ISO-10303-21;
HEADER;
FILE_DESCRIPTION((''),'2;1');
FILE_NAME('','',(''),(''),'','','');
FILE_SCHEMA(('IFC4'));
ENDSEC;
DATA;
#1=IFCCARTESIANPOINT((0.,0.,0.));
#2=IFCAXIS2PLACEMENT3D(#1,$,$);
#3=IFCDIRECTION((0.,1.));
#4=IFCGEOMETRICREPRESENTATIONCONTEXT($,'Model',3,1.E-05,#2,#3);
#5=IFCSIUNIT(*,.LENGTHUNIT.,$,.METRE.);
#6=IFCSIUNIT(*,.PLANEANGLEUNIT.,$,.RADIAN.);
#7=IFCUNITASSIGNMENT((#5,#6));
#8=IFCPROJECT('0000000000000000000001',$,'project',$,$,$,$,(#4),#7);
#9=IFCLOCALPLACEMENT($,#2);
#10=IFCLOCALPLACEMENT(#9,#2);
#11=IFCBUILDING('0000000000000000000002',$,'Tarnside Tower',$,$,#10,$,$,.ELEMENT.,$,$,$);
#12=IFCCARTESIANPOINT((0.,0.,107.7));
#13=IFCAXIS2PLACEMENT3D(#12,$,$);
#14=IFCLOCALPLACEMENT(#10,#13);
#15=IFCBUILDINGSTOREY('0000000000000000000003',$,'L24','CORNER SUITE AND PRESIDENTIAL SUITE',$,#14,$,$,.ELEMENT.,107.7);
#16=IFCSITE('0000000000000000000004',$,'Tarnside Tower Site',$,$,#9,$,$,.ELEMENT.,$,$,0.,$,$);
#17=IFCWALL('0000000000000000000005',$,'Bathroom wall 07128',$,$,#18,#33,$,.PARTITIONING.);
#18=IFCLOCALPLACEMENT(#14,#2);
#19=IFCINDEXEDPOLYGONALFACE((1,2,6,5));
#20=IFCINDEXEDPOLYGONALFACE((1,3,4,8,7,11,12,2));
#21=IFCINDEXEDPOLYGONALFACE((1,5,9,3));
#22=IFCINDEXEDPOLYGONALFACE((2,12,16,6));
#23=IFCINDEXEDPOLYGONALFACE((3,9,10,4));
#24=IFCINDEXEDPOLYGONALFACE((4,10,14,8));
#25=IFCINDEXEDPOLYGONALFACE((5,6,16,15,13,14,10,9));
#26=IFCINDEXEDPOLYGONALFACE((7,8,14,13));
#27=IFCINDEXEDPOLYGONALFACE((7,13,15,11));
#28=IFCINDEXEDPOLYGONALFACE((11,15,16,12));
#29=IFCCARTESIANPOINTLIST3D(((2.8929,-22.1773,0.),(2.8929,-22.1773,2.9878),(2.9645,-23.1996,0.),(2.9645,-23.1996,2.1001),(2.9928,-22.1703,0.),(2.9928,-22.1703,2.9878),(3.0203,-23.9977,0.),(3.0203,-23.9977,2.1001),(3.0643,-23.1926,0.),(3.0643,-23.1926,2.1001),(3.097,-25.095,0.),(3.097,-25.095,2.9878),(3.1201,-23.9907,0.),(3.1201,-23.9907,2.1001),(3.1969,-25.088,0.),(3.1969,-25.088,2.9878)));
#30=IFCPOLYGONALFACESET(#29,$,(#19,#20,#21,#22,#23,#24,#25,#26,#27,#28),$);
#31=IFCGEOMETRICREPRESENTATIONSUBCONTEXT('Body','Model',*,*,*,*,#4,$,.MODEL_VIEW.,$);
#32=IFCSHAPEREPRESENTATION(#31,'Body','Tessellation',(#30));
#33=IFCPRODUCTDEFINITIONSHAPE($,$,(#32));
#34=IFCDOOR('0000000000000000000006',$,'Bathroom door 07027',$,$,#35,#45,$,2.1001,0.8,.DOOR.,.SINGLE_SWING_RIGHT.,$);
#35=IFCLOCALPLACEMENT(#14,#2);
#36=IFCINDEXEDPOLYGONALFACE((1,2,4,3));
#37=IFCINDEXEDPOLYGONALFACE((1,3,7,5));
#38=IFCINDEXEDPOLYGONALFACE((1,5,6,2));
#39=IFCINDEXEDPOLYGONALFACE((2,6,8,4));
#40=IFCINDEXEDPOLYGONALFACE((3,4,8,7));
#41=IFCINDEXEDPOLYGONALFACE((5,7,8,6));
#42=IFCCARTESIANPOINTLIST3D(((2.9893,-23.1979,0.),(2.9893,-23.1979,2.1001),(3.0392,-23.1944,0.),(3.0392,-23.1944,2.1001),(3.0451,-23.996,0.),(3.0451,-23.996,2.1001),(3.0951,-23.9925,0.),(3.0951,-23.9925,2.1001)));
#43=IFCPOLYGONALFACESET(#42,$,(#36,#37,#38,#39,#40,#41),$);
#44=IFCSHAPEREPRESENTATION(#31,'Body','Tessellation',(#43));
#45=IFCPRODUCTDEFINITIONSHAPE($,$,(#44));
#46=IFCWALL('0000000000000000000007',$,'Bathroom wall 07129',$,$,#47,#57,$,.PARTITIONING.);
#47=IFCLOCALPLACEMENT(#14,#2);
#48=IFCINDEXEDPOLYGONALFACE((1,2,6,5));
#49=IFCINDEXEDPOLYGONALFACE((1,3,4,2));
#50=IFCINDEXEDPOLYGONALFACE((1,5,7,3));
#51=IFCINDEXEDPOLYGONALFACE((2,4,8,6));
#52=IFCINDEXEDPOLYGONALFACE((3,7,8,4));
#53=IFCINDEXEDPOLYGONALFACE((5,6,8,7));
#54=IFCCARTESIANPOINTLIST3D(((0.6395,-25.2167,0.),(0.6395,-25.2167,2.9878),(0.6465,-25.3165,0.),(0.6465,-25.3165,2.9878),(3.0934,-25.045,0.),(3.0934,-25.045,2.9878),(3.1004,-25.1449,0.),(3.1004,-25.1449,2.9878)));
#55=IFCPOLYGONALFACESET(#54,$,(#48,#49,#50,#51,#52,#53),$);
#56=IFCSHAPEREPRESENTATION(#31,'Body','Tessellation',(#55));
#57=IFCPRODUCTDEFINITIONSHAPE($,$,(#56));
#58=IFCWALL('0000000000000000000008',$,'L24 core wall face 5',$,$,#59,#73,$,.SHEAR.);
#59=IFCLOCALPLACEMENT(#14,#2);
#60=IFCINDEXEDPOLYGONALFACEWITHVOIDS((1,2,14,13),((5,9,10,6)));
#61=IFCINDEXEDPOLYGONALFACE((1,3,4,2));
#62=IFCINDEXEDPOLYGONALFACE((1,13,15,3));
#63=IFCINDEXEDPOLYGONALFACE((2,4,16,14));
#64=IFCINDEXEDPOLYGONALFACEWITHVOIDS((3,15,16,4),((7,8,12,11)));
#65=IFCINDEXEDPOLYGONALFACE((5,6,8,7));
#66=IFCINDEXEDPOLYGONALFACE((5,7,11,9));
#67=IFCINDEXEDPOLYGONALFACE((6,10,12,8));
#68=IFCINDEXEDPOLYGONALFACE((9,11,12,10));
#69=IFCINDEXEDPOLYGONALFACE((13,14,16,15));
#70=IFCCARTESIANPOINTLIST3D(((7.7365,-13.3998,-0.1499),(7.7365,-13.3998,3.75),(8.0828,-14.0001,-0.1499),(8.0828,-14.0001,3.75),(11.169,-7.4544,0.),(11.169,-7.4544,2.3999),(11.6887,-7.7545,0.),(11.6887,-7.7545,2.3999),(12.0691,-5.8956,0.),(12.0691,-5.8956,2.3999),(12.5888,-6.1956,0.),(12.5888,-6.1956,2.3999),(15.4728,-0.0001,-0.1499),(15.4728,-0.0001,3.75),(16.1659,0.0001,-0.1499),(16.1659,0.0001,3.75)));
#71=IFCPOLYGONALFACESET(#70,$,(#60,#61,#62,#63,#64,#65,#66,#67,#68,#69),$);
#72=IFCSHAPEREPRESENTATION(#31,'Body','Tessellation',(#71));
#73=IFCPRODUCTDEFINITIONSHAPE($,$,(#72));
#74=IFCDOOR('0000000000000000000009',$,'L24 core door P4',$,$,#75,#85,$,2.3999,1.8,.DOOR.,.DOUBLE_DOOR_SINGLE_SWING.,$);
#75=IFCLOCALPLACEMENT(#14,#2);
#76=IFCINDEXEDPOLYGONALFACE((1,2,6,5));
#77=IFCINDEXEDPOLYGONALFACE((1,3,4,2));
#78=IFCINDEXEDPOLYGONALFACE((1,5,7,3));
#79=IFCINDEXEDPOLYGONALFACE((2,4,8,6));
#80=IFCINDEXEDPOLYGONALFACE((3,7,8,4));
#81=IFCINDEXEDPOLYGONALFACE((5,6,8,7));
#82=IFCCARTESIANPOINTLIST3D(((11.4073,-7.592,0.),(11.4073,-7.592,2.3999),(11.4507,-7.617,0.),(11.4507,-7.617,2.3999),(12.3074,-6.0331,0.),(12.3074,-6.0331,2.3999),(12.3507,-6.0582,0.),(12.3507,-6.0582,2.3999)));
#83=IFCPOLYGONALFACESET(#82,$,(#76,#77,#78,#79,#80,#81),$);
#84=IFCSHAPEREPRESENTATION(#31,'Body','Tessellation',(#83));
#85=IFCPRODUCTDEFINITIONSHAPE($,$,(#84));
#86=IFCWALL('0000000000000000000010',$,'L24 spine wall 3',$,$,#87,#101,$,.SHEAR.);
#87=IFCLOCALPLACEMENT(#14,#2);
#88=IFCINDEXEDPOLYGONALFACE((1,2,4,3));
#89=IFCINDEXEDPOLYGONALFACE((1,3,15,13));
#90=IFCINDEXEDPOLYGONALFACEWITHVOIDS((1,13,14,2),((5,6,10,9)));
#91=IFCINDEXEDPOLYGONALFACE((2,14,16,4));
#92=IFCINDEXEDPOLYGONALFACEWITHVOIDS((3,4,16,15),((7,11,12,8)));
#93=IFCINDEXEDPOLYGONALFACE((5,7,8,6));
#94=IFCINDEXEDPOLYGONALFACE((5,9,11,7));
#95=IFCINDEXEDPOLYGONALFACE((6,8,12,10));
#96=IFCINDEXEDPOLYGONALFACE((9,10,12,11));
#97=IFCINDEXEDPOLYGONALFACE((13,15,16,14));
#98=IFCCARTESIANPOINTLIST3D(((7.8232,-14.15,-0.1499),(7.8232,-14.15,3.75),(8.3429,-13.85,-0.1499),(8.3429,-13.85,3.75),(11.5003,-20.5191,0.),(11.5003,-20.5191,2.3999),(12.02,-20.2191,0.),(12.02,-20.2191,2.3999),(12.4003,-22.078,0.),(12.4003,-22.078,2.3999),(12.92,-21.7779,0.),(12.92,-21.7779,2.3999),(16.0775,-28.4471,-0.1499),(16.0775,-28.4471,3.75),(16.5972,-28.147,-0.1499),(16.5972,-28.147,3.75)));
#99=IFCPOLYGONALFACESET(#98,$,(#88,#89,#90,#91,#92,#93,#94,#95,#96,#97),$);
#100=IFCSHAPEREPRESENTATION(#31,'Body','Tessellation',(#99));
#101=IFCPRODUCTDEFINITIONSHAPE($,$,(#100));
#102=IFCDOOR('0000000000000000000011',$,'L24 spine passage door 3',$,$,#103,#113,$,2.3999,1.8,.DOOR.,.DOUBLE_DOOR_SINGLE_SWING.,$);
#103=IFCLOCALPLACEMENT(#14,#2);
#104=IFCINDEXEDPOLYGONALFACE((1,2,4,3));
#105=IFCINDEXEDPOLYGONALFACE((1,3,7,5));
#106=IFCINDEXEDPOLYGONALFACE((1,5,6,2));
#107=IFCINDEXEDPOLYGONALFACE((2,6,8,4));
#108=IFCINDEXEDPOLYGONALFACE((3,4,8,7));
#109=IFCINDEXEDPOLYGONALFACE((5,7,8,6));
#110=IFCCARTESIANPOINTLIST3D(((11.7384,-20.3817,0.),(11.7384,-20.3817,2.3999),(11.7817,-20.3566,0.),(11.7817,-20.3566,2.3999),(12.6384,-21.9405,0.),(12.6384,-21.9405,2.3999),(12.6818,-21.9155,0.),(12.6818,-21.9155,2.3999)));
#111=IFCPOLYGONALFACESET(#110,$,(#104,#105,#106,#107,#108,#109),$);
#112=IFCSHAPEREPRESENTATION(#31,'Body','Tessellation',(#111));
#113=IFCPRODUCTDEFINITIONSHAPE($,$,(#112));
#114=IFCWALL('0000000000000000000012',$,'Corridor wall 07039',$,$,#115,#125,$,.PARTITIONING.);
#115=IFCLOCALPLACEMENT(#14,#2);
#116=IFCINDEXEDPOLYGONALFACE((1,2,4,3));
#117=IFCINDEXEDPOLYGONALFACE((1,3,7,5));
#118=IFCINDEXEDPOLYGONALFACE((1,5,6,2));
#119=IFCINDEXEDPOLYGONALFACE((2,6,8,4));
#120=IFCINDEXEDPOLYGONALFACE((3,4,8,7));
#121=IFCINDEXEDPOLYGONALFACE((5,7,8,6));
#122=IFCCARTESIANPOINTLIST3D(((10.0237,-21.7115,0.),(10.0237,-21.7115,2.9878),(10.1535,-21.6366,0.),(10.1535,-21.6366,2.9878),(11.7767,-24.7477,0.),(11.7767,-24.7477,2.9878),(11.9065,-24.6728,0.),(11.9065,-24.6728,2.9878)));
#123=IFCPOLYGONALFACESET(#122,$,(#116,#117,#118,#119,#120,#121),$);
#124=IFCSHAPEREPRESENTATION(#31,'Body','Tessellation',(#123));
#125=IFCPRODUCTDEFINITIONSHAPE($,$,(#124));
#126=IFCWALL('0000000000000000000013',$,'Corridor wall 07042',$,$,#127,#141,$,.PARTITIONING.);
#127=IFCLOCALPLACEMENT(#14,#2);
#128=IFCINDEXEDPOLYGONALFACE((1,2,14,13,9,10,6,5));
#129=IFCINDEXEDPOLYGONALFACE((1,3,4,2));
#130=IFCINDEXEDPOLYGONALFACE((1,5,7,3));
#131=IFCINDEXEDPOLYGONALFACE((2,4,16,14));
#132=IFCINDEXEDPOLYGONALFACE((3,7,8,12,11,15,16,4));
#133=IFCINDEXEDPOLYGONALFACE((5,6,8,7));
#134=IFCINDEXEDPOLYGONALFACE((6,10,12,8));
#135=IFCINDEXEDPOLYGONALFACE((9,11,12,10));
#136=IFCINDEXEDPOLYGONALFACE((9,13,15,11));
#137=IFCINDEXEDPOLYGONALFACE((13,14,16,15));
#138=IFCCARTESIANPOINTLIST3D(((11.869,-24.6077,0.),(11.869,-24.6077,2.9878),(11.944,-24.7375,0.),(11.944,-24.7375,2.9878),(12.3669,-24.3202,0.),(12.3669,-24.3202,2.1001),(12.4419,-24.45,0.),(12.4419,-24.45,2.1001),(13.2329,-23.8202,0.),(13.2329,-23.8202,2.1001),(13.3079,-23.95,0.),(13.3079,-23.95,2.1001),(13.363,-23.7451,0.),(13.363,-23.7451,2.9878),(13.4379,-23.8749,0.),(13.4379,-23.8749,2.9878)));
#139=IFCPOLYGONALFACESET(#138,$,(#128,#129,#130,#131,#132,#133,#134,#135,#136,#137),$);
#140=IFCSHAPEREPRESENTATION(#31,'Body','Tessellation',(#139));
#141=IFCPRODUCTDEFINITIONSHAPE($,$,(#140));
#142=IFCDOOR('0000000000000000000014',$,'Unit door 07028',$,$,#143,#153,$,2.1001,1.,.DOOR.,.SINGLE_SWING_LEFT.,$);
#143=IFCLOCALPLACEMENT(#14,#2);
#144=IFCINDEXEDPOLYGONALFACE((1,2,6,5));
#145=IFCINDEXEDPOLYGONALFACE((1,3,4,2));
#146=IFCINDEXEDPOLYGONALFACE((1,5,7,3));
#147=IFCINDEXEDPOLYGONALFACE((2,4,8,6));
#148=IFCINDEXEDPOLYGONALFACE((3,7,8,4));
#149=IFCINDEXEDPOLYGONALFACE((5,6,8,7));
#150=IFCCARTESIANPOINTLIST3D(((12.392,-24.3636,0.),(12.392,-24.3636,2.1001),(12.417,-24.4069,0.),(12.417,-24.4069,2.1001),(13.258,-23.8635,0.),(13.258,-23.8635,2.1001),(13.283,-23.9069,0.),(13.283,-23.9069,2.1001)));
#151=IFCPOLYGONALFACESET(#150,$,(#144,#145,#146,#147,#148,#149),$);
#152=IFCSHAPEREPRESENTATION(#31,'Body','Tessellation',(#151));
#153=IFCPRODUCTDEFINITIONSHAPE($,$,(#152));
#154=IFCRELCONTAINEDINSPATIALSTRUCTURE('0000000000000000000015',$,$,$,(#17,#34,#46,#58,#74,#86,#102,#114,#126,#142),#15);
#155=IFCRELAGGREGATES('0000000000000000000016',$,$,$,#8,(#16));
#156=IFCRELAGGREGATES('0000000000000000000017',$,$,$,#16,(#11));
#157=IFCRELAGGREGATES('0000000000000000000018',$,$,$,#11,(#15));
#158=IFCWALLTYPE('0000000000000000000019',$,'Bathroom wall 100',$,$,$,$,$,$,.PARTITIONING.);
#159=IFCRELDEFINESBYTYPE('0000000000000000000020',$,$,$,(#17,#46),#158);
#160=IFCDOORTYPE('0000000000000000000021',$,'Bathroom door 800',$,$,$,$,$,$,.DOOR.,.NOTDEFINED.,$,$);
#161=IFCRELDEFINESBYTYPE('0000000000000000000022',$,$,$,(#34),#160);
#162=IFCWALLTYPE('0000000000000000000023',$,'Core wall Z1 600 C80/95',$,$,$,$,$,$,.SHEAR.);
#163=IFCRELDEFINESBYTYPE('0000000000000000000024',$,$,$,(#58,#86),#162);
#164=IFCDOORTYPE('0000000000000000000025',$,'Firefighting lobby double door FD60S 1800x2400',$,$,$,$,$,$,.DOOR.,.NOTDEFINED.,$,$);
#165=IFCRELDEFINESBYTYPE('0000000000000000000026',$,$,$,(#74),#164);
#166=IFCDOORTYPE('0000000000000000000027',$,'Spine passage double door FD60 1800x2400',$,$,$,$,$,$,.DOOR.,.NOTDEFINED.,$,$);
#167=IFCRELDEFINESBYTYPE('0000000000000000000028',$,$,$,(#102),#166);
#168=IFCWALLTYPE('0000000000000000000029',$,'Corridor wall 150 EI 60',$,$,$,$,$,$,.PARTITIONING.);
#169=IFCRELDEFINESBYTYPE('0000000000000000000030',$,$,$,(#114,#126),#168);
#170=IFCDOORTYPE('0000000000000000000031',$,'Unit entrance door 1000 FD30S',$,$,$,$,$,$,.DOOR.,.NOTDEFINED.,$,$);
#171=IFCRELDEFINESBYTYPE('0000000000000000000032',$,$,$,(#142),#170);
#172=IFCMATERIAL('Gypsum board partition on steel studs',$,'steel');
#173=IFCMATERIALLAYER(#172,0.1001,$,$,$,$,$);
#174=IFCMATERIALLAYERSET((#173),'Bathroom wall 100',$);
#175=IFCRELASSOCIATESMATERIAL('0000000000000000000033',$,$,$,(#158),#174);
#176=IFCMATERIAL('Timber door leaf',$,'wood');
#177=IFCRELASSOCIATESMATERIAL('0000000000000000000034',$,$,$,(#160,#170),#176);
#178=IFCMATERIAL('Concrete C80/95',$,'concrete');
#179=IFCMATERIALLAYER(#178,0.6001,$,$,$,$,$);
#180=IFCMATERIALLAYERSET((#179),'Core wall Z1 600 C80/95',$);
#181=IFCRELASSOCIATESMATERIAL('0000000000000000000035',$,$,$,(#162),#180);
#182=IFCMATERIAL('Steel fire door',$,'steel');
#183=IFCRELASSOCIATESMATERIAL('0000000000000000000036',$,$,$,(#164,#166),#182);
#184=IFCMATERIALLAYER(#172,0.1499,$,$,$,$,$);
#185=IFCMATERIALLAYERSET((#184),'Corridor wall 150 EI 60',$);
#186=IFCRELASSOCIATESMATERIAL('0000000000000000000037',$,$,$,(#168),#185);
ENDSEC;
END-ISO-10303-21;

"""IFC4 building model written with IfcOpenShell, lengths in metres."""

from ifc_helpers import new_model, si_unit, direction, frame, frame_2d, origin, place, context, subcontext, project, spatial, polyline, rectangle, outline, extrude, material, layer, layer_set, type_object, element, fill, save


model = new_model("IFC4")

# Units and contexts
model_context = context("Model", 3, precision=1e-05, world=origin(), true_north=direction((0.0, 1.0)))
body_context = subcontext(model_context, "Body", "Model", "MODEL_VIEW")
ifc_project = project(units=[si_unit("LENGTHUNIT", "METRE"), si_unit("PLANEANGLEUNIT", "RADIAN")], contexts=[model_context])

# Site, building, storey
site_placement = place(None, origin())
site = spatial("IfcSite", under=ifc_project, at=site_placement, Name="Tarnside Tower Site", CompositionType="ELEMENT", RefElevation=0.0)
building_placement = place(site_placement, origin())
building = spatial("IfcBuilding", under=site, at=building_placement, Name="Tarnside Tower", CompositionType="ELEMENT")
storey_placement = place(building_placement, frame((0.0, 0.0, 107.7)))
storey = spatial("IfcBuildingStorey", under=building, at=storey_placement, Name="L24", Description="CORNER SUITE AND PRESIDENTIAL SUITE", CompositionType="ELEMENT", Elevation=107.7)

# Wall, opening, door
ifc_material_1 = material(Name="Gypsum board partition on steel studs", Category="steel")
ifc_layer_1 = layer(ifc_material_1, 0.1001)
ifc_layer_set_1 = layer_set([ifc_layer_1], Name="Bathroom wall 100")
wall_type_1 = type_object("IfcWallType", Name="Bathroom wall 100", PredefinedType="PARTITIONING", material=ifc_layer_set_1)
wall_1_placement = place(storey_placement, frame((2.9429, -22.1738, 0.0), z_axis=(0.0, 0.0, 1.0), x_axis=(0.069782, -0.997562, 0.0)))
wall_1 = element("IfcWall", 1, at=wall_1_placement, inside=storey, type_object=wall_type_1, Name="Bathroom wall 07128", PredefinedType="PARTITIONING", context=body_context, shape_type="SweptSolid", body=[
    extrude(rectangle(XDim=2.9248, YDim=0.1001, at=frame_2d((1.4624, 0.0))), origin(), (0.0, 0.0, 1.0), 2.9878),
])
opening_1_placement = place(wall_1_placement, frame((1.0249, 0.0, 0.0)))
opening_1 = element("IfcOpeningElement", 2, at=opening_1_placement, cuts=wall_1, PredefinedType="OPENING", context=body_context, shape_type="SweptSolid", body=[
    extrude(rectangle(XDim=0.8, YDim=2.1001, at=frame_2d((0.3999, 1.05))), frame((0.0, 0.0601, 0.0), z_axis=(0.0, -1.0, 0.0), x_axis=(1.0, 0.0, 0.0)), (0.0, 0.0, 1.0), 0.1201),
])
ifc_material_2 = material(Name="Timber door leaf", Category="wood")
door_type_1 = type_object("IfcDoorType", Name="Bathroom door 800", OperationType="NOTDEFINED", PredefinedType="DOOR", material=ifc_material_2)
door_1_placement = place(opening_1_placement, origin())
door_1 = element("IfcDoor", 3, at=door_1_placement, inside=storey, type_object=door_type_1, Name="Bathroom door 07027", OperationType="SINGLE_SWING_RIGHT", OverallHeight=2.1001, OverallWidth=0.8, PredefinedType="DOOR", context=body_context, shape_type="SweptSolid", body=[
    extrude(rectangle(XDim=0.8, YDim=2.1001, at=frame_2d((0.3999, 1.05))), frame((0.0, 0.0249, 0.0), z_axis=(0.0, -1.0, 0.0), x_axis=(1.0, 0.0, 0.0)), (0.0, 0.0, 1.0), 0.05),
])
fill(opening_1, door_1)

# Wall
wall_2_placement = place(storey_placement, frame((3.0969, -25.095, 0.0), z_axis=(0.0, 0.0, 1.0), x_axis=(-0.997563, -0.069773, 0.0)))
element("IfcWall", 4, at=wall_2_placement, inside=storey, type_object=wall_type_1, Name="Bathroom wall 07129", PredefinedType="PARTITIONING", context=body_context, shape_type="SweptSolid", body=[
    extrude(rectangle(XDim=2.46, YDim=0.1001, at=frame_2d((1.23, 0.0))), origin(), (0.0, 0.0, 1.0), 2.9878),
])

# Walls, openings, doors
ifc_material_3 = material(Name="Concrete C80/95", Category="concrete")
ifc_layer_2 = layer(ifc_material_3, 0.6001)
ifc_layer_set_2 = layer_set([ifc_layer_2], Name="Core wall Z1 600 C80/95")
wall_type_2 = type_object("IfcWallType", Name="Core wall Z1 600 C80/95", PredefinedType="SHEAR", material=ifc_layer_set_2)
wall_3_placement = place(storey_placement, frame((7.9097, -13.7, -0.1499), z_axis=(0.0, 0.0, 1.0), x_axis=(0.5, 0.866025, 0.0)))
wall_3 = element("IfcWall", 5, at=wall_3_placement, inside=storey, type_object=wall_type_2, Name="L24 core wall face 5", PredefinedType="SHEAR", context=body_context, shape_type="SweptSolid", body=[
    extrude(outline(polyline([(-0.1733, -0.3), (15.9927, -0.3), (15.646, 0.3), (0.1733, 0.3), (-0.1733, -0.3)])), origin(), (0.0, 0.0, 1.0), 3.8999),
])
opening_2_placement = place(wall_3_placement, frame((7.0386, 0.0, 0.1499)))
opening_2 = element("IfcOpeningElement", 6, at=opening_2_placement, cuts=wall_3, PredefinedType="OPENING", context=body_context, shape_type="SweptSolid", body=[
    extrude(rectangle(XDim=1.8, YDim=2.3999, at=frame_2d((0.8999, 1.2))), frame((0.0, 0.3101, 0.0), z_axis=(0.0, -1.0, 0.0), x_axis=(1.0, 0.0, 0.0)), (0.0, 0.0, 1.0), 0.6201),
])
ifc_material_4 = material(Name="Steel fire door", Category="steel")
door_type_2 = type_object("IfcDoorType", Name="Firefighting lobby double door FD60S 1800x2400", OperationType="NOTDEFINED", PredefinedType="DOOR", material=ifc_material_4)
door_2_placement = place(opening_2_placement, origin())
door_2 = element("IfcDoor", 7, at=door_2_placement, inside=storey, type_object=door_type_2, Name="L24 core door P4", OperationType="DOUBLE_DOOR_SINGLE_SWING", OverallHeight=2.3999, OverallWidth=1.8, PredefinedType="DOOR", context=body_context, shape_type="SweptSolid", body=[
    extrude(rectangle(XDim=1.8, YDim=2.3999, at=frame_2d((0.8999, 1.2))), frame((0.0, 0.0249, 0.0), z_axis=(0.0, -1.0, 0.0), x_axis=(1.0, 0.0, 0.0)), (0.0, 0.0, 1.0), 0.05),
])
fill(opening_2, door_2)
wall_4_placement = place(storey_placement, frame((8.083, -14.0, -0.1499), z_axis=(0.0, 0.0, 1.0), x_axis=(0.499998, -0.866027, 0.0)))
wall_4 = element("IfcWall", 8, at=wall_4_placement, inside=storey, type_object=wall_type_2, Name="L24 spine wall 3", PredefinedType="SHEAR", context=body_context, shape_type="SweptSolid", body=[
    extrude(rectangle(XDim=16.5088, YDim=0.6001, at=frame_2d((8.2544, 0.0))), origin(), (0.0, 0.0, 1.0), 3.8999),
])
opening_3_placement = place(wall_4_placement, frame((7.3545, 0.0, 0.1499)))
opening_3 = element("IfcOpeningElement", 9, at=opening_3_placement, cuts=wall_4, PredefinedType="OPENING", context=body_context, shape_type="SweptSolid", body=[
    extrude(rectangle(XDim=1.8, YDim=2.3999, at=frame_2d((0.8999, 1.2))), frame((0.0, 0.3101, 0.0), z_axis=(0.0, -1.0, 0.0), x_axis=(1.0, 0.0, 0.0)), (0.0, 0.0, 1.0), 0.6201),
])
door_type_3 = type_object("IfcDoorType", Name="Spine passage double door FD60 1800x2400", OperationType="NOTDEFINED", PredefinedType="DOOR", material=ifc_material_4)
door_3_placement = place(opening_3_placement, origin())
door_3 = element("IfcDoor", 10, at=door_3_placement, inside=storey, type_object=door_type_3, Name="L24 spine passage door 3", OperationType="DOUBLE_DOOR_SINGLE_SWING", OverallHeight=2.3999, OverallWidth=1.8, PredefinedType="DOOR", context=body_context, shape_type="SweptSolid", body=[
    extrude(rectangle(XDim=1.8, YDim=2.3999, at=frame_2d((0.8999, 1.2))), frame((0.0, 0.0249, 0.0), z_axis=(0.0, -1.0, 0.0), x_axis=(1.0, 0.0, 0.0)), (0.0, 0.0, 1.0), 0.05),
])
fill(opening_3, door_3)

# Wall
ifc_layer_3 = layer(ifc_material_1, 0.1499)
ifc_layer_set_3 = layer_set([ifc_layer_3], Name="Corridor wall 150 EI 60")
wall_type_3 = type_object("IfcWallType", Name="Corridor wall 150 EI 60", PredefinedType="PARTITIONING", material=ifc_layer_set_3)
wall_5_placement = place(storey_placement, frame((10.0886, -21.6741, 0.0), z_axis=(0.0, 0.0, 1.0), x_axis=(0.500004, -0.866023, 0.0)))
element("IfcWall", 11, at=wall_5_placement, inside=storey, type_object=wall_type_3, Name="Corridor wall 07039", PredefinedType="PARTITIONING", context=body_context, shape_type="SweptSolid", body=[
    extrude(rectangle(XDim=3.5059, YDim=0.1499, at=frame_2d((1.7529, 0.0))), origin(), (0.0, 0.0, 1.0), 2.9878),
])

# Wall, opening, door
wall_6_placement = place(storey_placement, frame((11.9065, -24.6726, 0.0), z_axis=(0.0, 0.0, 1.0), x_axis=(0.866014, 0.500021, 0.0)))
wall_6 = element("IfcWall", 12, at=wall_6_placement, inside=storey, type_object=wall_type_3, Name="Corridor wall 07042", PredefinedType="PARTITIONING", context=body_context, shape_type="SweptSolid", body=[
    extrude(rectangle(XDim=1.7251, YDim=0.1499, at=frame_2d((0.8625, 0.0))), origin(), (0.0, 0.0, 1.0), 2.9878),
])
opening_4_placement = place(wall_6_placement, frame((0.575, 0.0, 0.0)))
opening_4 = element("IfcOpeningElement", 13, at=opening_4_placement, cuts=wall_6, PredefinedType="OPENING", context=body_context, shape_type="SweptSolid", body=[
    extrude(rectangle(XDim=1.0, YDim=2.1001, at=frame_2d((0.5, 1.05))), frame((0.0, 0.085, 0.0), z_axis=(0.0, -1.0, 0.0), x_axis=(1.0, 0.0, 0.0)), (0.0, 0.0, 1.0), 0.1699),
])
door_type_4 = type_object("IfcDoorType", Name="Unit entrance door 1000 FD30S", OperationType="NOTDEFINED", PredefinedType="DOOR", material=ifc_material_2)
door_4_placement = place(opening_4_placement, origin())
door_4 = element("IfcDoor", 14, at=door_4_placement, inside=storey, type_object=door_type_4, Name="Unit door 07028", OperationType="SINGLE_SWING_LEFT", OverallHeight=2.1001, OverallWidth=1.0, PredefinedType="DOOR", context=body_context, shape_type="SweptSolid", body=[
    extrude(rectangle(XDim=1.0, YDim=2.1001, at=frame_2d((0.5, 1.05))), frame((0.0, 0.0249, 0.0), z_axis=(0.0, -1.0, 0.0), x_axis=(1.0, 0.0, 0.0)), (0.0, 0.0, 1.0), 0.05),
])
fill(opening_4, door_4)

save(model, "model.ifc")
